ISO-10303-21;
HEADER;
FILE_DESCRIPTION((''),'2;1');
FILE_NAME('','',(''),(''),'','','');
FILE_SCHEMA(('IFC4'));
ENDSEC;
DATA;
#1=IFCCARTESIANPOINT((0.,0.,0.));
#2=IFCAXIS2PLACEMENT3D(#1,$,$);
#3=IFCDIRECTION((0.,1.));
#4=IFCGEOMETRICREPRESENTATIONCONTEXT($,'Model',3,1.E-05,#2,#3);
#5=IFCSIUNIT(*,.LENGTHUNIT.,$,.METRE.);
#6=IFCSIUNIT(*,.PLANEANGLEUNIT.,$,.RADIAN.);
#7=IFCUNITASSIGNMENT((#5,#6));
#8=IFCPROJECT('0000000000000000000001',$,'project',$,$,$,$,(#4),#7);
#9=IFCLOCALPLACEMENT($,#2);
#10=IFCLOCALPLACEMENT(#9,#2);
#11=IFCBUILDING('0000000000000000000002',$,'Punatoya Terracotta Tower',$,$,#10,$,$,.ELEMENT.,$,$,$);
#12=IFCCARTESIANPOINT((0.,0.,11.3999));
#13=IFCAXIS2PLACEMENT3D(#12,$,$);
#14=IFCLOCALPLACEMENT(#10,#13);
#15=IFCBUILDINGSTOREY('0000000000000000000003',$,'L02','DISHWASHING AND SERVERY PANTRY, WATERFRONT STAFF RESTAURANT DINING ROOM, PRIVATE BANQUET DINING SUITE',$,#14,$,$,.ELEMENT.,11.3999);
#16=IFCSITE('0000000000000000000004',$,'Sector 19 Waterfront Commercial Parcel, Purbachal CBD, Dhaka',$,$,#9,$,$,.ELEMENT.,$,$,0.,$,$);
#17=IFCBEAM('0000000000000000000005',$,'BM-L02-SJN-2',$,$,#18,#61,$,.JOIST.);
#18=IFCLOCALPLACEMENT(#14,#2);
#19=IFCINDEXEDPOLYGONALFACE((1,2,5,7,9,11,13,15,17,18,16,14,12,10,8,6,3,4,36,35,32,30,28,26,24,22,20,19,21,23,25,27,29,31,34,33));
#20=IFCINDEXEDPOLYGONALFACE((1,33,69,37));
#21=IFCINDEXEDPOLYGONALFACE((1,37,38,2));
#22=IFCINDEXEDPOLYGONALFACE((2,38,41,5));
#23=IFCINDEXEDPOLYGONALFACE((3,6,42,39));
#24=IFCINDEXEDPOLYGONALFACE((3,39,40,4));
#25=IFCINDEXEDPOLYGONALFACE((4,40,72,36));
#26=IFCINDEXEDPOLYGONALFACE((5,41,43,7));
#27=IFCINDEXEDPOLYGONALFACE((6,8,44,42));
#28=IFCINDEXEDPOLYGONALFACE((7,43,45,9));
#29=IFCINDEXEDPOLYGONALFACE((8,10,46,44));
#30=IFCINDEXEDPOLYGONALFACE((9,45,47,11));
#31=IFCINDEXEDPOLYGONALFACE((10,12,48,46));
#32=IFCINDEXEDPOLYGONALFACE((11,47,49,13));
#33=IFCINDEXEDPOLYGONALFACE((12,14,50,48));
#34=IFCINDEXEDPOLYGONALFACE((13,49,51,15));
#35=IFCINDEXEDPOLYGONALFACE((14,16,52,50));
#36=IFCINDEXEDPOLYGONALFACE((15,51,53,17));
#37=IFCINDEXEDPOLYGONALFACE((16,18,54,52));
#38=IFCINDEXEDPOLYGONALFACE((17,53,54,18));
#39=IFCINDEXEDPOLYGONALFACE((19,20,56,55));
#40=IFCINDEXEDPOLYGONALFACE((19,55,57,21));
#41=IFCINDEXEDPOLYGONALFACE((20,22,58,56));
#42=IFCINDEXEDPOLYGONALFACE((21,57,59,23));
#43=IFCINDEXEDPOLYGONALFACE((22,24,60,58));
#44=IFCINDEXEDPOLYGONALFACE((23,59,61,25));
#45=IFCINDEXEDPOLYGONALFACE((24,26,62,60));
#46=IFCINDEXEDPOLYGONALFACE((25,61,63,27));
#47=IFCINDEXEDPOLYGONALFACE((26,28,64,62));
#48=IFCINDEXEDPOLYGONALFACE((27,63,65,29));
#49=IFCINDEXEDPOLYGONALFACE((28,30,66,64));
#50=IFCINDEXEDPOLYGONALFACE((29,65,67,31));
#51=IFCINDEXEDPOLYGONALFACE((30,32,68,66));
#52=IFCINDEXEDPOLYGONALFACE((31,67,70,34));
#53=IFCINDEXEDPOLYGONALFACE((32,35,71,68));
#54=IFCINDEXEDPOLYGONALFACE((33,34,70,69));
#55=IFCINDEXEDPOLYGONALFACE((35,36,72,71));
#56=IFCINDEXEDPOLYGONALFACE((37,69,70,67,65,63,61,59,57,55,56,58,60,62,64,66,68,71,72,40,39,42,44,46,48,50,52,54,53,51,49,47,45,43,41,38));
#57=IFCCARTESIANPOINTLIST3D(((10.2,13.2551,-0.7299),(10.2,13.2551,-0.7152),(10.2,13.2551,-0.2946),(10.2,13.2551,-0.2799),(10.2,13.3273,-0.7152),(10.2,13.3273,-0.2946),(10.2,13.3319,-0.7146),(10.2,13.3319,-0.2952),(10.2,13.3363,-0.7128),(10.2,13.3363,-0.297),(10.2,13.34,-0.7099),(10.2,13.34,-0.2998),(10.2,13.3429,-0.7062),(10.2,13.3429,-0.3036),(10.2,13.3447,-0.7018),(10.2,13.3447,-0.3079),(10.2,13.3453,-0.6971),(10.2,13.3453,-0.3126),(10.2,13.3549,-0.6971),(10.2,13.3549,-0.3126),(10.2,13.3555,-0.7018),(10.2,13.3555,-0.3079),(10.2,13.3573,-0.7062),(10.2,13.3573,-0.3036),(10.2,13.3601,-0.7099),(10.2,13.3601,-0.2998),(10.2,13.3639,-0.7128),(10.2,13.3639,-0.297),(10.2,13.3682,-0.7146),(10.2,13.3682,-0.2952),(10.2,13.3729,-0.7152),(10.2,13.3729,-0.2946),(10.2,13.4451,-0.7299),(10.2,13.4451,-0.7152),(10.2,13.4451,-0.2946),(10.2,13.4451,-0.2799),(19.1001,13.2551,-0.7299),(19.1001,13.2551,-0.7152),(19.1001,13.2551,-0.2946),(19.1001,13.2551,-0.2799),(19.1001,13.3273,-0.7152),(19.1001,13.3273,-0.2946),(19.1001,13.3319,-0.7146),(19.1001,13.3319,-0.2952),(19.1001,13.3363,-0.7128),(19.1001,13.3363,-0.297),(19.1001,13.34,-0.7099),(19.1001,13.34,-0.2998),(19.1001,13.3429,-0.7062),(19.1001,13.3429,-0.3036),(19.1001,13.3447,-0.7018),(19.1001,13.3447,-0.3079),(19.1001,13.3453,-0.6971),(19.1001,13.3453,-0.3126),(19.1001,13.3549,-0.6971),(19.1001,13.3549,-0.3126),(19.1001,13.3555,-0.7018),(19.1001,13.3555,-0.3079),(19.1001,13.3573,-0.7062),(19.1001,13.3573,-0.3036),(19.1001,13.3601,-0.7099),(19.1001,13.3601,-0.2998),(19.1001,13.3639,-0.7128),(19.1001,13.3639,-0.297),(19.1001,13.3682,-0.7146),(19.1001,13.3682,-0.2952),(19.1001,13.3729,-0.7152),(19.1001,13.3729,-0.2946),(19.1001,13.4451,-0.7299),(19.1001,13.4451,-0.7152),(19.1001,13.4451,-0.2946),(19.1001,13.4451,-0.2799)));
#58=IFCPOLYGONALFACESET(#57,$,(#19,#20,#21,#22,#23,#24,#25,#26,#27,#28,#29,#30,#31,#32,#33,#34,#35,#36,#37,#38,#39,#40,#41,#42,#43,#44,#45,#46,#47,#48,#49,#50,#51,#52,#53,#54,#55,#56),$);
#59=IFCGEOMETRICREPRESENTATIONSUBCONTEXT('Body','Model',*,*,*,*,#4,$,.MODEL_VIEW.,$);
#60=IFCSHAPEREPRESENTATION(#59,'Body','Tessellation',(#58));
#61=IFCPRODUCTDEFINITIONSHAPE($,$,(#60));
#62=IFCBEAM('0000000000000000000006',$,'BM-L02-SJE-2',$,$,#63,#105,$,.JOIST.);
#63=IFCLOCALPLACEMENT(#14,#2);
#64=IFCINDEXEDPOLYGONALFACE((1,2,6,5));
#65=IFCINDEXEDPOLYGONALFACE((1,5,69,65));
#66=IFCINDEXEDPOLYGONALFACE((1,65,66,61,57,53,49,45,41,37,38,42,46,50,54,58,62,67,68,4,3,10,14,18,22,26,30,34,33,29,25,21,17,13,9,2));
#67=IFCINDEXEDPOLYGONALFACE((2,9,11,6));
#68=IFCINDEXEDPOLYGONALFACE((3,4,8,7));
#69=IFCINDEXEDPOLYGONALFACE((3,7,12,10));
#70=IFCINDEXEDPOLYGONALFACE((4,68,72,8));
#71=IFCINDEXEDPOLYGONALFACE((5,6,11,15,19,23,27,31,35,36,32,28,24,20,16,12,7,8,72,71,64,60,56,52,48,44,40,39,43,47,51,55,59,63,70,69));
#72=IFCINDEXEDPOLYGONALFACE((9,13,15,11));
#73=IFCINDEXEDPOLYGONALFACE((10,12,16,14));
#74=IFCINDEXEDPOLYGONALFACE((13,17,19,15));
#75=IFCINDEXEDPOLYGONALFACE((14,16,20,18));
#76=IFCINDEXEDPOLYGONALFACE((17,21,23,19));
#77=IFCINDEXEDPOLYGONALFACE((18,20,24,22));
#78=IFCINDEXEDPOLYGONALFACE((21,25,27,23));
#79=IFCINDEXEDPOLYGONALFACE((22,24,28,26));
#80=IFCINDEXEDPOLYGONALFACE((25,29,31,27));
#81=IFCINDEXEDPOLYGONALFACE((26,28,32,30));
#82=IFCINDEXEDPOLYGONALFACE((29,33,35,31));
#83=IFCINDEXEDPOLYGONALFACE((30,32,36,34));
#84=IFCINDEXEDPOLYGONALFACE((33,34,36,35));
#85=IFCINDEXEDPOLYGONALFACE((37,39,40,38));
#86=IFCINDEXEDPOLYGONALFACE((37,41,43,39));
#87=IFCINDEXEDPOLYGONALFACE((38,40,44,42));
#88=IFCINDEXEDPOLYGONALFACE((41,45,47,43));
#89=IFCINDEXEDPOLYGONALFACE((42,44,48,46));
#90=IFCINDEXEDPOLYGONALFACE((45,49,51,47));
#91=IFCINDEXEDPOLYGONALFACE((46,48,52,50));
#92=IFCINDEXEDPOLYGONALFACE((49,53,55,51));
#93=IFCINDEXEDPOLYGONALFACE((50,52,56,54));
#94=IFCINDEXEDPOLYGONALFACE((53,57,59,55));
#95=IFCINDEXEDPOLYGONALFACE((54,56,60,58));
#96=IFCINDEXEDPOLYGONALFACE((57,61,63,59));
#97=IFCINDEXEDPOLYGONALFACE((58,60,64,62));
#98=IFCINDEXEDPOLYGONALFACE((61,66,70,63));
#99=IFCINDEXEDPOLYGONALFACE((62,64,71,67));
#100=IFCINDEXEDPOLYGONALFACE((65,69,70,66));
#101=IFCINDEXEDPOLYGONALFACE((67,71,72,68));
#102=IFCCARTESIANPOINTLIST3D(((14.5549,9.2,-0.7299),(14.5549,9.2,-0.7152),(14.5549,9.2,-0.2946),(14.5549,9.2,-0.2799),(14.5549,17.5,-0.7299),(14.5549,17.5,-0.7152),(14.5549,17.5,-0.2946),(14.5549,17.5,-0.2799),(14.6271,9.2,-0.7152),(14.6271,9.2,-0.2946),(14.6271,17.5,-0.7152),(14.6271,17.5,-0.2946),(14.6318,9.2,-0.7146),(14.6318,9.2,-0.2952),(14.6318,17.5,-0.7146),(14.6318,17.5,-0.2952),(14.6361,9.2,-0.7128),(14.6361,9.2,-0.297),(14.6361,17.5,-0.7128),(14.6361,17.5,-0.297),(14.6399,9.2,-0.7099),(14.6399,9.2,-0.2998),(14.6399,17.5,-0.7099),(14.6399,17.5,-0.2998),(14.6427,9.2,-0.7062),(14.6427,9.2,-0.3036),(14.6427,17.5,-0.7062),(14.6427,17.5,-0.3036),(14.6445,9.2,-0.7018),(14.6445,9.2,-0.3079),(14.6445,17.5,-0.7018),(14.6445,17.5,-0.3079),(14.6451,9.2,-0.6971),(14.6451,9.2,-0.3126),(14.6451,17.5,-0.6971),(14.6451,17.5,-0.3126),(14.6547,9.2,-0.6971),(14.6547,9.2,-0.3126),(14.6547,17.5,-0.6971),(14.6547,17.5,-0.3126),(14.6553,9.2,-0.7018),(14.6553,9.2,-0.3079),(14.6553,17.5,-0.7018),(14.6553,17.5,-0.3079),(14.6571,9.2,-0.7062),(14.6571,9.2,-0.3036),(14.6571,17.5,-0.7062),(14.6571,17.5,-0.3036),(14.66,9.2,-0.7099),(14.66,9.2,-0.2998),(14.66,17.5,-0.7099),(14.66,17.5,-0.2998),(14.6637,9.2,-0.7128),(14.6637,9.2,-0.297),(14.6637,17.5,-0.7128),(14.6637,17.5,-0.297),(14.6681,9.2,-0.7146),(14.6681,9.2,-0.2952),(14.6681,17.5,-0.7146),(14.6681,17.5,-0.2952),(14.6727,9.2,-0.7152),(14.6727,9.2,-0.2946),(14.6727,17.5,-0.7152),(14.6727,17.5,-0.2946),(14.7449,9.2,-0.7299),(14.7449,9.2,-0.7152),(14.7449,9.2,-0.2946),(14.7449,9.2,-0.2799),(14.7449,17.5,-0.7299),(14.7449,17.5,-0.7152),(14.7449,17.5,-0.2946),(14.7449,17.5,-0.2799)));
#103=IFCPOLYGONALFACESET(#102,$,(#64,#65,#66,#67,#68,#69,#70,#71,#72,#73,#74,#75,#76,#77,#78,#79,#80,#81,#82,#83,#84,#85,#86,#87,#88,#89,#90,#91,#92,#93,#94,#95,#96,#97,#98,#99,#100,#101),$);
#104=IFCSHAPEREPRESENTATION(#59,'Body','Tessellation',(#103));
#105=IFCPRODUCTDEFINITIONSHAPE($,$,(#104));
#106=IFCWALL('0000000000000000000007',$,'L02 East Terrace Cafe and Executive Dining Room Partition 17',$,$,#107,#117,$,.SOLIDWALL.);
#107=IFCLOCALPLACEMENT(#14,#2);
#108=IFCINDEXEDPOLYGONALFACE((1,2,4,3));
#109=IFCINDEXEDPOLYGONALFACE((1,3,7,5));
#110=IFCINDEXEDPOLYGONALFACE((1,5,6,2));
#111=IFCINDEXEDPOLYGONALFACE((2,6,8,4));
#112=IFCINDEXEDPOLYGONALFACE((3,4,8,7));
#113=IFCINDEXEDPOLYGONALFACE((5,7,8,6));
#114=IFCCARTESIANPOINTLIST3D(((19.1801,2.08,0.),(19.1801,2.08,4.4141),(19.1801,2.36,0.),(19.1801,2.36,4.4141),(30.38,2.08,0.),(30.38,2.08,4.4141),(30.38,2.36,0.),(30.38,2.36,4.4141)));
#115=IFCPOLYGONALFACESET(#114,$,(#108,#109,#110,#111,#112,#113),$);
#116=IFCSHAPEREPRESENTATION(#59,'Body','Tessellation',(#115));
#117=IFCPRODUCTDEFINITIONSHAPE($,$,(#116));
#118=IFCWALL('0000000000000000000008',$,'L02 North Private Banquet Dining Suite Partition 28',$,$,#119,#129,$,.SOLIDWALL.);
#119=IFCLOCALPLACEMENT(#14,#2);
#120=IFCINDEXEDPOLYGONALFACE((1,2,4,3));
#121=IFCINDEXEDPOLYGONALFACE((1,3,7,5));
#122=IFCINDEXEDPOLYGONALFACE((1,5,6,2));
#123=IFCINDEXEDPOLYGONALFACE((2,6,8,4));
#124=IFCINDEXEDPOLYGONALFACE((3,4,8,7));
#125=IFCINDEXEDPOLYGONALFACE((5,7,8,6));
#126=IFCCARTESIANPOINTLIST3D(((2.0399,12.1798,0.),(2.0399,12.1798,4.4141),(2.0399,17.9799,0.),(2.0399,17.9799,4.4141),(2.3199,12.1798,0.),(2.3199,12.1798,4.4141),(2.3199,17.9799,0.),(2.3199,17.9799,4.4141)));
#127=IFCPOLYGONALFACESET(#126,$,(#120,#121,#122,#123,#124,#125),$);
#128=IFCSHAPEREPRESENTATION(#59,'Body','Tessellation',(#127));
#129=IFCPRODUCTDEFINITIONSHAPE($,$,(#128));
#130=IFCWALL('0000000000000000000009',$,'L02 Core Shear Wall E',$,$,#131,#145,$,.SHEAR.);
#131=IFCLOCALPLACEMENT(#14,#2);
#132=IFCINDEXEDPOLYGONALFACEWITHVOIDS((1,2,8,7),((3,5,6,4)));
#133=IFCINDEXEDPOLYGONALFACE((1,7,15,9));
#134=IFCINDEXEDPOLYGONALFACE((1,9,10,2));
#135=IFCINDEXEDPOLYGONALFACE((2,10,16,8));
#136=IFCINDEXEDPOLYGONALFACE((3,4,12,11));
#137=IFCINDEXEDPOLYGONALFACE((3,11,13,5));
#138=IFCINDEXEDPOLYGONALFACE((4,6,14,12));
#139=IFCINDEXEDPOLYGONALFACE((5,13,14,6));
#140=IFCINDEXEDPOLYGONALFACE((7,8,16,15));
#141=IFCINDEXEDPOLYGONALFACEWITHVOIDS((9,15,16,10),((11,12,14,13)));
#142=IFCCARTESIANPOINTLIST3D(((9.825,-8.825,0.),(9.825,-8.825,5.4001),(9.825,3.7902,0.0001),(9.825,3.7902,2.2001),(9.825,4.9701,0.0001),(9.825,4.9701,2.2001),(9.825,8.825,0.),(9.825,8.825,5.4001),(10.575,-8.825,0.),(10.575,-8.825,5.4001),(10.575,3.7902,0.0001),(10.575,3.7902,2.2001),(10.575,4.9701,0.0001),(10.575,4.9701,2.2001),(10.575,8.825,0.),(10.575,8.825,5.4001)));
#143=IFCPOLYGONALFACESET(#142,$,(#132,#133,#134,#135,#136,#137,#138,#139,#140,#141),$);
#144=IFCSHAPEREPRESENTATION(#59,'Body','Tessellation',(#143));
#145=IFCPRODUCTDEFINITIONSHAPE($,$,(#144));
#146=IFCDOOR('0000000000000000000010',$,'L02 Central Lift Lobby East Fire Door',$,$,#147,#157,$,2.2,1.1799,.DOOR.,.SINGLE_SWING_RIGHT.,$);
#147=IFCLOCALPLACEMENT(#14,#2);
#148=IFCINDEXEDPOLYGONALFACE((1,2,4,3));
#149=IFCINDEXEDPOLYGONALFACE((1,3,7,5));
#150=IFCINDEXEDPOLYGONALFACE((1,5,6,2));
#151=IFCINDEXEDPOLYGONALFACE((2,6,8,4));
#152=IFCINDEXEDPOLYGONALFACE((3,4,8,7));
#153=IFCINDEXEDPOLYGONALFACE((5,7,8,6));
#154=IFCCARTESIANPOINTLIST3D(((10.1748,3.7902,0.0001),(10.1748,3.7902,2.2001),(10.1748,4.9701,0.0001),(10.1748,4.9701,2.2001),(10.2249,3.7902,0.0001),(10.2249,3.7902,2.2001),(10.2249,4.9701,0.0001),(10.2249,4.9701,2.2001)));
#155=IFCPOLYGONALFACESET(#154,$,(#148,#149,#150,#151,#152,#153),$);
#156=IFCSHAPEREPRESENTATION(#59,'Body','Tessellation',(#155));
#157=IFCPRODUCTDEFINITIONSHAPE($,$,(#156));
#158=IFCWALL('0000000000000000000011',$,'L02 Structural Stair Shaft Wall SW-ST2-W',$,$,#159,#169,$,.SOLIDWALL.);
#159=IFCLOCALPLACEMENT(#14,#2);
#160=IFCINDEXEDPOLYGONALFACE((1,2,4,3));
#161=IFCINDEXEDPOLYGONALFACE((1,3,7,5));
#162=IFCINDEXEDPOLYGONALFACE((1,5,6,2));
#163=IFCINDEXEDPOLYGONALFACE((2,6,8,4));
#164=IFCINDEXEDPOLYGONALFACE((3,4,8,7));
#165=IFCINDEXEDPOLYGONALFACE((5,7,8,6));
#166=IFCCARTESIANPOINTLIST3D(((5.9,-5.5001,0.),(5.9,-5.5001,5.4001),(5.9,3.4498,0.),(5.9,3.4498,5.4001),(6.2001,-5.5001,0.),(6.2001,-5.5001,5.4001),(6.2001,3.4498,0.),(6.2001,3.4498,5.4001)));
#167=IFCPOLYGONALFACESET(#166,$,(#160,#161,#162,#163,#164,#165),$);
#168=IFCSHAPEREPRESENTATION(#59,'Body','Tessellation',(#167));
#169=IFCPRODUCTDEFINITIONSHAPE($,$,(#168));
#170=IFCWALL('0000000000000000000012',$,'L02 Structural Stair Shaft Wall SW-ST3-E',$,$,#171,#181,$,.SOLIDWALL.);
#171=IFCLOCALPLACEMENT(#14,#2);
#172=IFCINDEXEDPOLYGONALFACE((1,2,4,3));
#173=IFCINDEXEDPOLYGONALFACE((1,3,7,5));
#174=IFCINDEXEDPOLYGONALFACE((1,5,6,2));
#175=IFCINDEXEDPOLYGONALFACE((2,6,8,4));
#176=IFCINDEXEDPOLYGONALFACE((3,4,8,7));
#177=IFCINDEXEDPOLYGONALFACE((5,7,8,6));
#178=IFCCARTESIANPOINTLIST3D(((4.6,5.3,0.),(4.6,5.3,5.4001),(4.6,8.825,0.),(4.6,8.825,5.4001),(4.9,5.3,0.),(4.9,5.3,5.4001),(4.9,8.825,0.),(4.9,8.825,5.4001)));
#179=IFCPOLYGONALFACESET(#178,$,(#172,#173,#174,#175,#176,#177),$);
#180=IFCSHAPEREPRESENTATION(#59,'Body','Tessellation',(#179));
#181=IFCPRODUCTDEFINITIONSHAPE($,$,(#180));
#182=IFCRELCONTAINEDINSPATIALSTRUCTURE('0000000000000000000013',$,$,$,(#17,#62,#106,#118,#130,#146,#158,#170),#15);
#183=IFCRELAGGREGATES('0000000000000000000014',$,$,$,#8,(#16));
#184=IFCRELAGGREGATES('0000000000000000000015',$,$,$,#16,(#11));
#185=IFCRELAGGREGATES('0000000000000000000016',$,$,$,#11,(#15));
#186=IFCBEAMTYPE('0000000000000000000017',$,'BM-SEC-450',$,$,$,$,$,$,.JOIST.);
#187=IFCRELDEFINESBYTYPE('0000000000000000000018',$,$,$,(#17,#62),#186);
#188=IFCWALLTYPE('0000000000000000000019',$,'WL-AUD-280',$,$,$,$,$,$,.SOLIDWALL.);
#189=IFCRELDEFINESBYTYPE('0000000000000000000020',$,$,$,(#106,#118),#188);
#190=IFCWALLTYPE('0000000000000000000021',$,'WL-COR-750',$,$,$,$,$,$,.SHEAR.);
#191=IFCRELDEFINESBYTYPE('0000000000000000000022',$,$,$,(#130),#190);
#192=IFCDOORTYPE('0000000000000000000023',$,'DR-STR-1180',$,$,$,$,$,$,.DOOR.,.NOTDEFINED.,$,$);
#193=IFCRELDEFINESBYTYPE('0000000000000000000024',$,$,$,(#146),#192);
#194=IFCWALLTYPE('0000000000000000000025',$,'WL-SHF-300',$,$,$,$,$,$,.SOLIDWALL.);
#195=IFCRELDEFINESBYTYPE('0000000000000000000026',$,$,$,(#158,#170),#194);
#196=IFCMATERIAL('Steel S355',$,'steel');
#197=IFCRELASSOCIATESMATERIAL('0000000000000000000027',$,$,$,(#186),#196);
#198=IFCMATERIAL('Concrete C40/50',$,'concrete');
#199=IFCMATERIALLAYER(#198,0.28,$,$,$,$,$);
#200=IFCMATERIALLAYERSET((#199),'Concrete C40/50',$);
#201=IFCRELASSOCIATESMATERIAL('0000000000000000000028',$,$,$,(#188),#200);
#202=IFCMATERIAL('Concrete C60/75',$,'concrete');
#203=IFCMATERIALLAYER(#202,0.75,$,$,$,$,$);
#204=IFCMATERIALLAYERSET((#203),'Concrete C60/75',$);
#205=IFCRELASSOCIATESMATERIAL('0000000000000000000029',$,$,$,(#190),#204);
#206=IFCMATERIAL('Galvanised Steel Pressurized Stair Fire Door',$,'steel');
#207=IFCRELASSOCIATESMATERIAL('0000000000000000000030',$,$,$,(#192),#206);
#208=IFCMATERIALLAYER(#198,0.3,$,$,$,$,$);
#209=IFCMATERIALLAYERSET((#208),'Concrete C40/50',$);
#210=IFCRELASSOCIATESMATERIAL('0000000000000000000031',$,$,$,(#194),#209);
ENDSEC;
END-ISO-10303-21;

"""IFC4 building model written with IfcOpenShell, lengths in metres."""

from ifc_helpers import new_model, si_unit, direction, frame, frame_2d, origin, origin_2d, place, context, subcontext, project, spatial, rectangle, i_section, extrude, material, layer, layer_set, material_profile, profile_set, type_object, element, fill, save


model = new_model("IFC4")

# Units and contexts
model_context = context("Model", 3, precision=1e-05, world=origin(), true_north=direction((0.0, 1.0)))
body_context = subcontext(model_context, "Body", "Model", "MODEL_VIEW")
ifc_project = project(units=[si_unit("LENGTHUNIT", "METRE"), si_unit("PLANEANGLEUNIT", "RADIAN")], contexts=[model_context])

# Site, building, storey
site_placement = place(None, origin())
site = spatial("IfcSite", under=ifc_project, at=site_placement, Name="Sector 19 Waterfront Commercial Parcel, Purbachal CBD, Dhaka", CompositionType="ELEMENT", RefElevation=0.0)
building_placement = place(site_placement, origin())
building = spatial("IfcBuilding", under=site, at=building_placement, Name="Punatoya Terracotta Tower", CompositionType="ELEMENT")
storey_placement = place(building_placement, frame((0.0, 0.0, 11.3999)))
storey = spatial("IfcBuildingStorey", under=building, at=storey_placement, Name="L02", Description="DISHWASHING AND SERVERY PANTRY, WATERFRONT STAFF RESTAURANT DINING ROOM, PRIVATE BANQUET DINING SUITE", CompositionType="ELEMENT", Elevation=11.3999)

# Beams
ifc_material_1 = material(Name="Steel S355", Category="steel")
ifc_material_profile_1 = material_profile(ifc_material_1, i_section(OverallWidth=0.1899, OverallDepth=0.45, WebThickness=0.0095, FlangeThickness=0.0146, FilletRadius=0.0181, at=origin_2d()))
ifc_profile_set_1 = profile_set([ifc_material_profile_1], Name="Steel S355")
beam_type_1 = type_object("IfcBeamType", Name="BM-SEC-450", PredefinedType="JOIST", material=ifc_profile_set_1)
beam_1_placement = place(storey_placement, frame((10.2, 13.3501, -0.5049), z_axis=(1.0, 0.0, 0.0), x_axis=(0.0, 1.0, 0.0)))
element("IfcBeam", 1, at=beam_1_placement, inside=storey, type_object=beam_type_1, Name="BM-L02-SJN-2", PredefinedType="JOIST", context=body_context, shape_type="SweptSolid", body=[
    extrude(i_section(OverallWidth=0.1899, OverallDepth=0.45, WebThickness=0.0095, FlangeThickness=0.0146, FilletRadius=0.0181, at=origin_2d()), origin(), (0.0, 0.0, 1.0), 8.9001),
])
beam_2_placement = place(storey_placement, frame((14.6499, 9.2, -0.5049), z_axis=(0.0, 1.0, 0.0), x_axis=(-1.0, 0.0, 0.0)))
element("IfcBeam", 2, at=beam_2_placement, inside=storey, type_object=beam_type_1, Name="BM-L02-SJE-2", PredefinedType="JOIST", context=body_context, shape_type="SweptSolid", body=[
    extrude(i_section(OverallWidth=0.1899, OverallDepth=0.45, WebThickness=0.0095, FlangeThickness=0.0146, FilletRadius=0.0181, at=origin_2d()), origin(), (0.0, 0.0, 1.0), 8.3),
])

# Walls
ifc_material_2 = material(Name="Concrete C40/50", Category="concrete")
ifc_layer_1 = layer(ifc_material_2, 0.28)
ifc_layer_set_1 = layer_set([ifc_layer_1], Name="Concrete C40/50")
wall_type_1 = type_object("IfcWallType", Name="WL-AUD-280", PredefinedType="SOLIDWALL", material=ifc_layer_set_1)
wall_1_placement = place(storey_placement, frame((19.1799, 2.22, 0.0), z_axis=(0.0, 0.0, 1.0), x_axis=(1.0, 0.0, 0.0)))
element("IfcWall", 3, at=wall_1_placement, inside=storey, type_object=wall_type_1, Name="L02 East Terrace Cafe and Executive Dining Room Partition 17", PredefinedType="SOLIDWALL", context=body_context, shape_type="SweptSolid", body=[
    extrude(rectangle(XDim=11.2, YDim=0.28, at=frame_2d((5.6001, 0.0))), origin(), (0.0, 0.0, 1.0), 4.4141),
])
wall_2_placement = place(storey_placement, frame((2.1799, 12.1799, 0.0), z_axis=(0.0, 0.0, 1.0), x_axis=(0.0, 1.0, 0.0)))
element("IfcWall", 4, at=wall_2_placement, inside=storey, type_object=wall_type_1, Name="L02 North Private Banquet Dining Suite Partition 28", PredefinedType="SOLIDWALL", context=body_context, shape_type="SweptSolid", body=[
    extrude(rectangle(XDim=5.8, YDim=0.28, at=frame_2d((2.8999, 0.0))), origin(), (0.0, 0.0, 1.0), 4.4141),
])

# Wall, opening, door
ifc_material_3 = material(Name="Concrete C60/75", Category="concrete")
ifc_layer_2 = layer(ifc_material_3, 0.75)
ifc_layer_set_2 = layer_set([ifc_layer_2], Name="Concrete C60/75")
wall_type_2 = type_object("IfcWallType", Name="WL-COR-750", PredefinedType="SHEAR", material=ifc_layer_set_2)
wall_3_placement = place(storey_placement, frame((10.2, 8.825, 0.0), z_axis=(0.0, 0.0, 1.0), x_axis=(0.0, -1.0, 0.0)))
wall_3 = element("IfcWall", 5, at=wall_3_placement, inside=storey, type_object=wall_type_2, Name="L02 Core Shear Wall E", PredefinedType="SHEAR", context=body_context, shape_type="SweptSolid", body=[
    extrude(rectangle(XDim=17.6499, YDim=0.75, at=frame_2d((8.825, 0.0))), origin(), (0.0, 0.0, 1.0), 5.4001),
])
opening_placement = place(wall_3_placement, frame((3.855, 0.0, 0.0)))
opening = element("IfcOpeningElement", 6, at=opening_placement, cuts=wall_3, PredefinedType="OPENING", context=body_context, shape_type="SweptSolid", body=[
    extrude(rectangle(XDim=1.1799, YDim=2.2, at=frame_2d((0.5898, 1.1001))), frame((0.0, 0.385, 0.0), z_axis=(0.0, -1.0, 0.0), x_axis=(1.0, 0.0, 0.0)), (0.0, 0.0, 1.0), 0.77),
])
ifc_material_4 = material(Name="Galvanised Steel Pressurized Stair Fire Door", Category="steel")
door_type = type_object("IfcDoorType", Name="DR-STR-1180", OperationType="NOTDEFINED", PredefinedType="DOOR", material=ifc_material_4)
door_placement = place(opening_placement, origin())
door = element("IfcDoor", 7, at=door_placement, inside=storey, type_object=door_type, Name="L02 Central Lift Lobby East Fire Door", OperationType="SINGLE_SWING_RIGHT", OverallHeight=2.2, OverallWidth=1.1799, PredefinedType="DOOR", context=body_context, shape_type="SweptSolid", body=[
    extrude(rectangle(XDim=1.1799, YDim=2.2, at=frame_2d((0.5898, 1.1001))), frame((0.0, 0.0249, 0.0), z_axis=(0.0, -1.0, 0.0), x_axis=(1.0, 0.0, 0.0)), (0.0, 0.0, 1.0), 0.05),
])
fill(opening, door)

# Walls
ifc_layer_3 = layer(ifc_material_2, 0.3)
ifc_layer_set_3 = layer_set([ifc_layer_3], Name="Concrete C40/50")
wall_type_3 = type_object("IfcWallType", Name="WL-SHF-300", PredefinedType="SOLIDWALL", material=ifc_layer_set_3)
wall_4_placement = place(storey_placement, frame((6.05, 3.45, 0.0), z_axis=(0.0, 0.0, 1.0), x_axis=(0.0, -1.0, 0.0)))
element("IfcWall", 8, at=wall_4_placement, inside=storey, type_object=wall_type_3, Name="L02 Structural Stair Shaft Wall SW-ST2-W", PredefinedType="SOLIDWALL", context=body_context, shape_type="SweptSolid", body=[
    extrude(rectangle(XDim=8.95, YDim=0.3, at=frame_2d((4.4751, 0.0))), origin(), (0.0, 0.0, 1.0), 5.4001),
])
wall_5_placement = place(storey_placement, frame((4.75, 8.825, 0.0), z_axis=(0.0, 0.0, 1.0), x_axis=(0.0, -1.0, 0.0)))
element("IfcWall", 9, at=wall_5_placement, inside=storey, type_object=wall_type_3, Name="L02 Structural Stair Shaft Wall SW-ST3-E", PredefinedType="SOLIDWALL", context=body_context, shape_type="SweptSolid", body=[
    extrude(rectangle(XDim=3.5249, YDim=0.3, at=frame_2d((1.7625, 0.0))), origin(), (0.0, 0.0, 1.0), 5.4001),
])

save(model, "model.ifc")
